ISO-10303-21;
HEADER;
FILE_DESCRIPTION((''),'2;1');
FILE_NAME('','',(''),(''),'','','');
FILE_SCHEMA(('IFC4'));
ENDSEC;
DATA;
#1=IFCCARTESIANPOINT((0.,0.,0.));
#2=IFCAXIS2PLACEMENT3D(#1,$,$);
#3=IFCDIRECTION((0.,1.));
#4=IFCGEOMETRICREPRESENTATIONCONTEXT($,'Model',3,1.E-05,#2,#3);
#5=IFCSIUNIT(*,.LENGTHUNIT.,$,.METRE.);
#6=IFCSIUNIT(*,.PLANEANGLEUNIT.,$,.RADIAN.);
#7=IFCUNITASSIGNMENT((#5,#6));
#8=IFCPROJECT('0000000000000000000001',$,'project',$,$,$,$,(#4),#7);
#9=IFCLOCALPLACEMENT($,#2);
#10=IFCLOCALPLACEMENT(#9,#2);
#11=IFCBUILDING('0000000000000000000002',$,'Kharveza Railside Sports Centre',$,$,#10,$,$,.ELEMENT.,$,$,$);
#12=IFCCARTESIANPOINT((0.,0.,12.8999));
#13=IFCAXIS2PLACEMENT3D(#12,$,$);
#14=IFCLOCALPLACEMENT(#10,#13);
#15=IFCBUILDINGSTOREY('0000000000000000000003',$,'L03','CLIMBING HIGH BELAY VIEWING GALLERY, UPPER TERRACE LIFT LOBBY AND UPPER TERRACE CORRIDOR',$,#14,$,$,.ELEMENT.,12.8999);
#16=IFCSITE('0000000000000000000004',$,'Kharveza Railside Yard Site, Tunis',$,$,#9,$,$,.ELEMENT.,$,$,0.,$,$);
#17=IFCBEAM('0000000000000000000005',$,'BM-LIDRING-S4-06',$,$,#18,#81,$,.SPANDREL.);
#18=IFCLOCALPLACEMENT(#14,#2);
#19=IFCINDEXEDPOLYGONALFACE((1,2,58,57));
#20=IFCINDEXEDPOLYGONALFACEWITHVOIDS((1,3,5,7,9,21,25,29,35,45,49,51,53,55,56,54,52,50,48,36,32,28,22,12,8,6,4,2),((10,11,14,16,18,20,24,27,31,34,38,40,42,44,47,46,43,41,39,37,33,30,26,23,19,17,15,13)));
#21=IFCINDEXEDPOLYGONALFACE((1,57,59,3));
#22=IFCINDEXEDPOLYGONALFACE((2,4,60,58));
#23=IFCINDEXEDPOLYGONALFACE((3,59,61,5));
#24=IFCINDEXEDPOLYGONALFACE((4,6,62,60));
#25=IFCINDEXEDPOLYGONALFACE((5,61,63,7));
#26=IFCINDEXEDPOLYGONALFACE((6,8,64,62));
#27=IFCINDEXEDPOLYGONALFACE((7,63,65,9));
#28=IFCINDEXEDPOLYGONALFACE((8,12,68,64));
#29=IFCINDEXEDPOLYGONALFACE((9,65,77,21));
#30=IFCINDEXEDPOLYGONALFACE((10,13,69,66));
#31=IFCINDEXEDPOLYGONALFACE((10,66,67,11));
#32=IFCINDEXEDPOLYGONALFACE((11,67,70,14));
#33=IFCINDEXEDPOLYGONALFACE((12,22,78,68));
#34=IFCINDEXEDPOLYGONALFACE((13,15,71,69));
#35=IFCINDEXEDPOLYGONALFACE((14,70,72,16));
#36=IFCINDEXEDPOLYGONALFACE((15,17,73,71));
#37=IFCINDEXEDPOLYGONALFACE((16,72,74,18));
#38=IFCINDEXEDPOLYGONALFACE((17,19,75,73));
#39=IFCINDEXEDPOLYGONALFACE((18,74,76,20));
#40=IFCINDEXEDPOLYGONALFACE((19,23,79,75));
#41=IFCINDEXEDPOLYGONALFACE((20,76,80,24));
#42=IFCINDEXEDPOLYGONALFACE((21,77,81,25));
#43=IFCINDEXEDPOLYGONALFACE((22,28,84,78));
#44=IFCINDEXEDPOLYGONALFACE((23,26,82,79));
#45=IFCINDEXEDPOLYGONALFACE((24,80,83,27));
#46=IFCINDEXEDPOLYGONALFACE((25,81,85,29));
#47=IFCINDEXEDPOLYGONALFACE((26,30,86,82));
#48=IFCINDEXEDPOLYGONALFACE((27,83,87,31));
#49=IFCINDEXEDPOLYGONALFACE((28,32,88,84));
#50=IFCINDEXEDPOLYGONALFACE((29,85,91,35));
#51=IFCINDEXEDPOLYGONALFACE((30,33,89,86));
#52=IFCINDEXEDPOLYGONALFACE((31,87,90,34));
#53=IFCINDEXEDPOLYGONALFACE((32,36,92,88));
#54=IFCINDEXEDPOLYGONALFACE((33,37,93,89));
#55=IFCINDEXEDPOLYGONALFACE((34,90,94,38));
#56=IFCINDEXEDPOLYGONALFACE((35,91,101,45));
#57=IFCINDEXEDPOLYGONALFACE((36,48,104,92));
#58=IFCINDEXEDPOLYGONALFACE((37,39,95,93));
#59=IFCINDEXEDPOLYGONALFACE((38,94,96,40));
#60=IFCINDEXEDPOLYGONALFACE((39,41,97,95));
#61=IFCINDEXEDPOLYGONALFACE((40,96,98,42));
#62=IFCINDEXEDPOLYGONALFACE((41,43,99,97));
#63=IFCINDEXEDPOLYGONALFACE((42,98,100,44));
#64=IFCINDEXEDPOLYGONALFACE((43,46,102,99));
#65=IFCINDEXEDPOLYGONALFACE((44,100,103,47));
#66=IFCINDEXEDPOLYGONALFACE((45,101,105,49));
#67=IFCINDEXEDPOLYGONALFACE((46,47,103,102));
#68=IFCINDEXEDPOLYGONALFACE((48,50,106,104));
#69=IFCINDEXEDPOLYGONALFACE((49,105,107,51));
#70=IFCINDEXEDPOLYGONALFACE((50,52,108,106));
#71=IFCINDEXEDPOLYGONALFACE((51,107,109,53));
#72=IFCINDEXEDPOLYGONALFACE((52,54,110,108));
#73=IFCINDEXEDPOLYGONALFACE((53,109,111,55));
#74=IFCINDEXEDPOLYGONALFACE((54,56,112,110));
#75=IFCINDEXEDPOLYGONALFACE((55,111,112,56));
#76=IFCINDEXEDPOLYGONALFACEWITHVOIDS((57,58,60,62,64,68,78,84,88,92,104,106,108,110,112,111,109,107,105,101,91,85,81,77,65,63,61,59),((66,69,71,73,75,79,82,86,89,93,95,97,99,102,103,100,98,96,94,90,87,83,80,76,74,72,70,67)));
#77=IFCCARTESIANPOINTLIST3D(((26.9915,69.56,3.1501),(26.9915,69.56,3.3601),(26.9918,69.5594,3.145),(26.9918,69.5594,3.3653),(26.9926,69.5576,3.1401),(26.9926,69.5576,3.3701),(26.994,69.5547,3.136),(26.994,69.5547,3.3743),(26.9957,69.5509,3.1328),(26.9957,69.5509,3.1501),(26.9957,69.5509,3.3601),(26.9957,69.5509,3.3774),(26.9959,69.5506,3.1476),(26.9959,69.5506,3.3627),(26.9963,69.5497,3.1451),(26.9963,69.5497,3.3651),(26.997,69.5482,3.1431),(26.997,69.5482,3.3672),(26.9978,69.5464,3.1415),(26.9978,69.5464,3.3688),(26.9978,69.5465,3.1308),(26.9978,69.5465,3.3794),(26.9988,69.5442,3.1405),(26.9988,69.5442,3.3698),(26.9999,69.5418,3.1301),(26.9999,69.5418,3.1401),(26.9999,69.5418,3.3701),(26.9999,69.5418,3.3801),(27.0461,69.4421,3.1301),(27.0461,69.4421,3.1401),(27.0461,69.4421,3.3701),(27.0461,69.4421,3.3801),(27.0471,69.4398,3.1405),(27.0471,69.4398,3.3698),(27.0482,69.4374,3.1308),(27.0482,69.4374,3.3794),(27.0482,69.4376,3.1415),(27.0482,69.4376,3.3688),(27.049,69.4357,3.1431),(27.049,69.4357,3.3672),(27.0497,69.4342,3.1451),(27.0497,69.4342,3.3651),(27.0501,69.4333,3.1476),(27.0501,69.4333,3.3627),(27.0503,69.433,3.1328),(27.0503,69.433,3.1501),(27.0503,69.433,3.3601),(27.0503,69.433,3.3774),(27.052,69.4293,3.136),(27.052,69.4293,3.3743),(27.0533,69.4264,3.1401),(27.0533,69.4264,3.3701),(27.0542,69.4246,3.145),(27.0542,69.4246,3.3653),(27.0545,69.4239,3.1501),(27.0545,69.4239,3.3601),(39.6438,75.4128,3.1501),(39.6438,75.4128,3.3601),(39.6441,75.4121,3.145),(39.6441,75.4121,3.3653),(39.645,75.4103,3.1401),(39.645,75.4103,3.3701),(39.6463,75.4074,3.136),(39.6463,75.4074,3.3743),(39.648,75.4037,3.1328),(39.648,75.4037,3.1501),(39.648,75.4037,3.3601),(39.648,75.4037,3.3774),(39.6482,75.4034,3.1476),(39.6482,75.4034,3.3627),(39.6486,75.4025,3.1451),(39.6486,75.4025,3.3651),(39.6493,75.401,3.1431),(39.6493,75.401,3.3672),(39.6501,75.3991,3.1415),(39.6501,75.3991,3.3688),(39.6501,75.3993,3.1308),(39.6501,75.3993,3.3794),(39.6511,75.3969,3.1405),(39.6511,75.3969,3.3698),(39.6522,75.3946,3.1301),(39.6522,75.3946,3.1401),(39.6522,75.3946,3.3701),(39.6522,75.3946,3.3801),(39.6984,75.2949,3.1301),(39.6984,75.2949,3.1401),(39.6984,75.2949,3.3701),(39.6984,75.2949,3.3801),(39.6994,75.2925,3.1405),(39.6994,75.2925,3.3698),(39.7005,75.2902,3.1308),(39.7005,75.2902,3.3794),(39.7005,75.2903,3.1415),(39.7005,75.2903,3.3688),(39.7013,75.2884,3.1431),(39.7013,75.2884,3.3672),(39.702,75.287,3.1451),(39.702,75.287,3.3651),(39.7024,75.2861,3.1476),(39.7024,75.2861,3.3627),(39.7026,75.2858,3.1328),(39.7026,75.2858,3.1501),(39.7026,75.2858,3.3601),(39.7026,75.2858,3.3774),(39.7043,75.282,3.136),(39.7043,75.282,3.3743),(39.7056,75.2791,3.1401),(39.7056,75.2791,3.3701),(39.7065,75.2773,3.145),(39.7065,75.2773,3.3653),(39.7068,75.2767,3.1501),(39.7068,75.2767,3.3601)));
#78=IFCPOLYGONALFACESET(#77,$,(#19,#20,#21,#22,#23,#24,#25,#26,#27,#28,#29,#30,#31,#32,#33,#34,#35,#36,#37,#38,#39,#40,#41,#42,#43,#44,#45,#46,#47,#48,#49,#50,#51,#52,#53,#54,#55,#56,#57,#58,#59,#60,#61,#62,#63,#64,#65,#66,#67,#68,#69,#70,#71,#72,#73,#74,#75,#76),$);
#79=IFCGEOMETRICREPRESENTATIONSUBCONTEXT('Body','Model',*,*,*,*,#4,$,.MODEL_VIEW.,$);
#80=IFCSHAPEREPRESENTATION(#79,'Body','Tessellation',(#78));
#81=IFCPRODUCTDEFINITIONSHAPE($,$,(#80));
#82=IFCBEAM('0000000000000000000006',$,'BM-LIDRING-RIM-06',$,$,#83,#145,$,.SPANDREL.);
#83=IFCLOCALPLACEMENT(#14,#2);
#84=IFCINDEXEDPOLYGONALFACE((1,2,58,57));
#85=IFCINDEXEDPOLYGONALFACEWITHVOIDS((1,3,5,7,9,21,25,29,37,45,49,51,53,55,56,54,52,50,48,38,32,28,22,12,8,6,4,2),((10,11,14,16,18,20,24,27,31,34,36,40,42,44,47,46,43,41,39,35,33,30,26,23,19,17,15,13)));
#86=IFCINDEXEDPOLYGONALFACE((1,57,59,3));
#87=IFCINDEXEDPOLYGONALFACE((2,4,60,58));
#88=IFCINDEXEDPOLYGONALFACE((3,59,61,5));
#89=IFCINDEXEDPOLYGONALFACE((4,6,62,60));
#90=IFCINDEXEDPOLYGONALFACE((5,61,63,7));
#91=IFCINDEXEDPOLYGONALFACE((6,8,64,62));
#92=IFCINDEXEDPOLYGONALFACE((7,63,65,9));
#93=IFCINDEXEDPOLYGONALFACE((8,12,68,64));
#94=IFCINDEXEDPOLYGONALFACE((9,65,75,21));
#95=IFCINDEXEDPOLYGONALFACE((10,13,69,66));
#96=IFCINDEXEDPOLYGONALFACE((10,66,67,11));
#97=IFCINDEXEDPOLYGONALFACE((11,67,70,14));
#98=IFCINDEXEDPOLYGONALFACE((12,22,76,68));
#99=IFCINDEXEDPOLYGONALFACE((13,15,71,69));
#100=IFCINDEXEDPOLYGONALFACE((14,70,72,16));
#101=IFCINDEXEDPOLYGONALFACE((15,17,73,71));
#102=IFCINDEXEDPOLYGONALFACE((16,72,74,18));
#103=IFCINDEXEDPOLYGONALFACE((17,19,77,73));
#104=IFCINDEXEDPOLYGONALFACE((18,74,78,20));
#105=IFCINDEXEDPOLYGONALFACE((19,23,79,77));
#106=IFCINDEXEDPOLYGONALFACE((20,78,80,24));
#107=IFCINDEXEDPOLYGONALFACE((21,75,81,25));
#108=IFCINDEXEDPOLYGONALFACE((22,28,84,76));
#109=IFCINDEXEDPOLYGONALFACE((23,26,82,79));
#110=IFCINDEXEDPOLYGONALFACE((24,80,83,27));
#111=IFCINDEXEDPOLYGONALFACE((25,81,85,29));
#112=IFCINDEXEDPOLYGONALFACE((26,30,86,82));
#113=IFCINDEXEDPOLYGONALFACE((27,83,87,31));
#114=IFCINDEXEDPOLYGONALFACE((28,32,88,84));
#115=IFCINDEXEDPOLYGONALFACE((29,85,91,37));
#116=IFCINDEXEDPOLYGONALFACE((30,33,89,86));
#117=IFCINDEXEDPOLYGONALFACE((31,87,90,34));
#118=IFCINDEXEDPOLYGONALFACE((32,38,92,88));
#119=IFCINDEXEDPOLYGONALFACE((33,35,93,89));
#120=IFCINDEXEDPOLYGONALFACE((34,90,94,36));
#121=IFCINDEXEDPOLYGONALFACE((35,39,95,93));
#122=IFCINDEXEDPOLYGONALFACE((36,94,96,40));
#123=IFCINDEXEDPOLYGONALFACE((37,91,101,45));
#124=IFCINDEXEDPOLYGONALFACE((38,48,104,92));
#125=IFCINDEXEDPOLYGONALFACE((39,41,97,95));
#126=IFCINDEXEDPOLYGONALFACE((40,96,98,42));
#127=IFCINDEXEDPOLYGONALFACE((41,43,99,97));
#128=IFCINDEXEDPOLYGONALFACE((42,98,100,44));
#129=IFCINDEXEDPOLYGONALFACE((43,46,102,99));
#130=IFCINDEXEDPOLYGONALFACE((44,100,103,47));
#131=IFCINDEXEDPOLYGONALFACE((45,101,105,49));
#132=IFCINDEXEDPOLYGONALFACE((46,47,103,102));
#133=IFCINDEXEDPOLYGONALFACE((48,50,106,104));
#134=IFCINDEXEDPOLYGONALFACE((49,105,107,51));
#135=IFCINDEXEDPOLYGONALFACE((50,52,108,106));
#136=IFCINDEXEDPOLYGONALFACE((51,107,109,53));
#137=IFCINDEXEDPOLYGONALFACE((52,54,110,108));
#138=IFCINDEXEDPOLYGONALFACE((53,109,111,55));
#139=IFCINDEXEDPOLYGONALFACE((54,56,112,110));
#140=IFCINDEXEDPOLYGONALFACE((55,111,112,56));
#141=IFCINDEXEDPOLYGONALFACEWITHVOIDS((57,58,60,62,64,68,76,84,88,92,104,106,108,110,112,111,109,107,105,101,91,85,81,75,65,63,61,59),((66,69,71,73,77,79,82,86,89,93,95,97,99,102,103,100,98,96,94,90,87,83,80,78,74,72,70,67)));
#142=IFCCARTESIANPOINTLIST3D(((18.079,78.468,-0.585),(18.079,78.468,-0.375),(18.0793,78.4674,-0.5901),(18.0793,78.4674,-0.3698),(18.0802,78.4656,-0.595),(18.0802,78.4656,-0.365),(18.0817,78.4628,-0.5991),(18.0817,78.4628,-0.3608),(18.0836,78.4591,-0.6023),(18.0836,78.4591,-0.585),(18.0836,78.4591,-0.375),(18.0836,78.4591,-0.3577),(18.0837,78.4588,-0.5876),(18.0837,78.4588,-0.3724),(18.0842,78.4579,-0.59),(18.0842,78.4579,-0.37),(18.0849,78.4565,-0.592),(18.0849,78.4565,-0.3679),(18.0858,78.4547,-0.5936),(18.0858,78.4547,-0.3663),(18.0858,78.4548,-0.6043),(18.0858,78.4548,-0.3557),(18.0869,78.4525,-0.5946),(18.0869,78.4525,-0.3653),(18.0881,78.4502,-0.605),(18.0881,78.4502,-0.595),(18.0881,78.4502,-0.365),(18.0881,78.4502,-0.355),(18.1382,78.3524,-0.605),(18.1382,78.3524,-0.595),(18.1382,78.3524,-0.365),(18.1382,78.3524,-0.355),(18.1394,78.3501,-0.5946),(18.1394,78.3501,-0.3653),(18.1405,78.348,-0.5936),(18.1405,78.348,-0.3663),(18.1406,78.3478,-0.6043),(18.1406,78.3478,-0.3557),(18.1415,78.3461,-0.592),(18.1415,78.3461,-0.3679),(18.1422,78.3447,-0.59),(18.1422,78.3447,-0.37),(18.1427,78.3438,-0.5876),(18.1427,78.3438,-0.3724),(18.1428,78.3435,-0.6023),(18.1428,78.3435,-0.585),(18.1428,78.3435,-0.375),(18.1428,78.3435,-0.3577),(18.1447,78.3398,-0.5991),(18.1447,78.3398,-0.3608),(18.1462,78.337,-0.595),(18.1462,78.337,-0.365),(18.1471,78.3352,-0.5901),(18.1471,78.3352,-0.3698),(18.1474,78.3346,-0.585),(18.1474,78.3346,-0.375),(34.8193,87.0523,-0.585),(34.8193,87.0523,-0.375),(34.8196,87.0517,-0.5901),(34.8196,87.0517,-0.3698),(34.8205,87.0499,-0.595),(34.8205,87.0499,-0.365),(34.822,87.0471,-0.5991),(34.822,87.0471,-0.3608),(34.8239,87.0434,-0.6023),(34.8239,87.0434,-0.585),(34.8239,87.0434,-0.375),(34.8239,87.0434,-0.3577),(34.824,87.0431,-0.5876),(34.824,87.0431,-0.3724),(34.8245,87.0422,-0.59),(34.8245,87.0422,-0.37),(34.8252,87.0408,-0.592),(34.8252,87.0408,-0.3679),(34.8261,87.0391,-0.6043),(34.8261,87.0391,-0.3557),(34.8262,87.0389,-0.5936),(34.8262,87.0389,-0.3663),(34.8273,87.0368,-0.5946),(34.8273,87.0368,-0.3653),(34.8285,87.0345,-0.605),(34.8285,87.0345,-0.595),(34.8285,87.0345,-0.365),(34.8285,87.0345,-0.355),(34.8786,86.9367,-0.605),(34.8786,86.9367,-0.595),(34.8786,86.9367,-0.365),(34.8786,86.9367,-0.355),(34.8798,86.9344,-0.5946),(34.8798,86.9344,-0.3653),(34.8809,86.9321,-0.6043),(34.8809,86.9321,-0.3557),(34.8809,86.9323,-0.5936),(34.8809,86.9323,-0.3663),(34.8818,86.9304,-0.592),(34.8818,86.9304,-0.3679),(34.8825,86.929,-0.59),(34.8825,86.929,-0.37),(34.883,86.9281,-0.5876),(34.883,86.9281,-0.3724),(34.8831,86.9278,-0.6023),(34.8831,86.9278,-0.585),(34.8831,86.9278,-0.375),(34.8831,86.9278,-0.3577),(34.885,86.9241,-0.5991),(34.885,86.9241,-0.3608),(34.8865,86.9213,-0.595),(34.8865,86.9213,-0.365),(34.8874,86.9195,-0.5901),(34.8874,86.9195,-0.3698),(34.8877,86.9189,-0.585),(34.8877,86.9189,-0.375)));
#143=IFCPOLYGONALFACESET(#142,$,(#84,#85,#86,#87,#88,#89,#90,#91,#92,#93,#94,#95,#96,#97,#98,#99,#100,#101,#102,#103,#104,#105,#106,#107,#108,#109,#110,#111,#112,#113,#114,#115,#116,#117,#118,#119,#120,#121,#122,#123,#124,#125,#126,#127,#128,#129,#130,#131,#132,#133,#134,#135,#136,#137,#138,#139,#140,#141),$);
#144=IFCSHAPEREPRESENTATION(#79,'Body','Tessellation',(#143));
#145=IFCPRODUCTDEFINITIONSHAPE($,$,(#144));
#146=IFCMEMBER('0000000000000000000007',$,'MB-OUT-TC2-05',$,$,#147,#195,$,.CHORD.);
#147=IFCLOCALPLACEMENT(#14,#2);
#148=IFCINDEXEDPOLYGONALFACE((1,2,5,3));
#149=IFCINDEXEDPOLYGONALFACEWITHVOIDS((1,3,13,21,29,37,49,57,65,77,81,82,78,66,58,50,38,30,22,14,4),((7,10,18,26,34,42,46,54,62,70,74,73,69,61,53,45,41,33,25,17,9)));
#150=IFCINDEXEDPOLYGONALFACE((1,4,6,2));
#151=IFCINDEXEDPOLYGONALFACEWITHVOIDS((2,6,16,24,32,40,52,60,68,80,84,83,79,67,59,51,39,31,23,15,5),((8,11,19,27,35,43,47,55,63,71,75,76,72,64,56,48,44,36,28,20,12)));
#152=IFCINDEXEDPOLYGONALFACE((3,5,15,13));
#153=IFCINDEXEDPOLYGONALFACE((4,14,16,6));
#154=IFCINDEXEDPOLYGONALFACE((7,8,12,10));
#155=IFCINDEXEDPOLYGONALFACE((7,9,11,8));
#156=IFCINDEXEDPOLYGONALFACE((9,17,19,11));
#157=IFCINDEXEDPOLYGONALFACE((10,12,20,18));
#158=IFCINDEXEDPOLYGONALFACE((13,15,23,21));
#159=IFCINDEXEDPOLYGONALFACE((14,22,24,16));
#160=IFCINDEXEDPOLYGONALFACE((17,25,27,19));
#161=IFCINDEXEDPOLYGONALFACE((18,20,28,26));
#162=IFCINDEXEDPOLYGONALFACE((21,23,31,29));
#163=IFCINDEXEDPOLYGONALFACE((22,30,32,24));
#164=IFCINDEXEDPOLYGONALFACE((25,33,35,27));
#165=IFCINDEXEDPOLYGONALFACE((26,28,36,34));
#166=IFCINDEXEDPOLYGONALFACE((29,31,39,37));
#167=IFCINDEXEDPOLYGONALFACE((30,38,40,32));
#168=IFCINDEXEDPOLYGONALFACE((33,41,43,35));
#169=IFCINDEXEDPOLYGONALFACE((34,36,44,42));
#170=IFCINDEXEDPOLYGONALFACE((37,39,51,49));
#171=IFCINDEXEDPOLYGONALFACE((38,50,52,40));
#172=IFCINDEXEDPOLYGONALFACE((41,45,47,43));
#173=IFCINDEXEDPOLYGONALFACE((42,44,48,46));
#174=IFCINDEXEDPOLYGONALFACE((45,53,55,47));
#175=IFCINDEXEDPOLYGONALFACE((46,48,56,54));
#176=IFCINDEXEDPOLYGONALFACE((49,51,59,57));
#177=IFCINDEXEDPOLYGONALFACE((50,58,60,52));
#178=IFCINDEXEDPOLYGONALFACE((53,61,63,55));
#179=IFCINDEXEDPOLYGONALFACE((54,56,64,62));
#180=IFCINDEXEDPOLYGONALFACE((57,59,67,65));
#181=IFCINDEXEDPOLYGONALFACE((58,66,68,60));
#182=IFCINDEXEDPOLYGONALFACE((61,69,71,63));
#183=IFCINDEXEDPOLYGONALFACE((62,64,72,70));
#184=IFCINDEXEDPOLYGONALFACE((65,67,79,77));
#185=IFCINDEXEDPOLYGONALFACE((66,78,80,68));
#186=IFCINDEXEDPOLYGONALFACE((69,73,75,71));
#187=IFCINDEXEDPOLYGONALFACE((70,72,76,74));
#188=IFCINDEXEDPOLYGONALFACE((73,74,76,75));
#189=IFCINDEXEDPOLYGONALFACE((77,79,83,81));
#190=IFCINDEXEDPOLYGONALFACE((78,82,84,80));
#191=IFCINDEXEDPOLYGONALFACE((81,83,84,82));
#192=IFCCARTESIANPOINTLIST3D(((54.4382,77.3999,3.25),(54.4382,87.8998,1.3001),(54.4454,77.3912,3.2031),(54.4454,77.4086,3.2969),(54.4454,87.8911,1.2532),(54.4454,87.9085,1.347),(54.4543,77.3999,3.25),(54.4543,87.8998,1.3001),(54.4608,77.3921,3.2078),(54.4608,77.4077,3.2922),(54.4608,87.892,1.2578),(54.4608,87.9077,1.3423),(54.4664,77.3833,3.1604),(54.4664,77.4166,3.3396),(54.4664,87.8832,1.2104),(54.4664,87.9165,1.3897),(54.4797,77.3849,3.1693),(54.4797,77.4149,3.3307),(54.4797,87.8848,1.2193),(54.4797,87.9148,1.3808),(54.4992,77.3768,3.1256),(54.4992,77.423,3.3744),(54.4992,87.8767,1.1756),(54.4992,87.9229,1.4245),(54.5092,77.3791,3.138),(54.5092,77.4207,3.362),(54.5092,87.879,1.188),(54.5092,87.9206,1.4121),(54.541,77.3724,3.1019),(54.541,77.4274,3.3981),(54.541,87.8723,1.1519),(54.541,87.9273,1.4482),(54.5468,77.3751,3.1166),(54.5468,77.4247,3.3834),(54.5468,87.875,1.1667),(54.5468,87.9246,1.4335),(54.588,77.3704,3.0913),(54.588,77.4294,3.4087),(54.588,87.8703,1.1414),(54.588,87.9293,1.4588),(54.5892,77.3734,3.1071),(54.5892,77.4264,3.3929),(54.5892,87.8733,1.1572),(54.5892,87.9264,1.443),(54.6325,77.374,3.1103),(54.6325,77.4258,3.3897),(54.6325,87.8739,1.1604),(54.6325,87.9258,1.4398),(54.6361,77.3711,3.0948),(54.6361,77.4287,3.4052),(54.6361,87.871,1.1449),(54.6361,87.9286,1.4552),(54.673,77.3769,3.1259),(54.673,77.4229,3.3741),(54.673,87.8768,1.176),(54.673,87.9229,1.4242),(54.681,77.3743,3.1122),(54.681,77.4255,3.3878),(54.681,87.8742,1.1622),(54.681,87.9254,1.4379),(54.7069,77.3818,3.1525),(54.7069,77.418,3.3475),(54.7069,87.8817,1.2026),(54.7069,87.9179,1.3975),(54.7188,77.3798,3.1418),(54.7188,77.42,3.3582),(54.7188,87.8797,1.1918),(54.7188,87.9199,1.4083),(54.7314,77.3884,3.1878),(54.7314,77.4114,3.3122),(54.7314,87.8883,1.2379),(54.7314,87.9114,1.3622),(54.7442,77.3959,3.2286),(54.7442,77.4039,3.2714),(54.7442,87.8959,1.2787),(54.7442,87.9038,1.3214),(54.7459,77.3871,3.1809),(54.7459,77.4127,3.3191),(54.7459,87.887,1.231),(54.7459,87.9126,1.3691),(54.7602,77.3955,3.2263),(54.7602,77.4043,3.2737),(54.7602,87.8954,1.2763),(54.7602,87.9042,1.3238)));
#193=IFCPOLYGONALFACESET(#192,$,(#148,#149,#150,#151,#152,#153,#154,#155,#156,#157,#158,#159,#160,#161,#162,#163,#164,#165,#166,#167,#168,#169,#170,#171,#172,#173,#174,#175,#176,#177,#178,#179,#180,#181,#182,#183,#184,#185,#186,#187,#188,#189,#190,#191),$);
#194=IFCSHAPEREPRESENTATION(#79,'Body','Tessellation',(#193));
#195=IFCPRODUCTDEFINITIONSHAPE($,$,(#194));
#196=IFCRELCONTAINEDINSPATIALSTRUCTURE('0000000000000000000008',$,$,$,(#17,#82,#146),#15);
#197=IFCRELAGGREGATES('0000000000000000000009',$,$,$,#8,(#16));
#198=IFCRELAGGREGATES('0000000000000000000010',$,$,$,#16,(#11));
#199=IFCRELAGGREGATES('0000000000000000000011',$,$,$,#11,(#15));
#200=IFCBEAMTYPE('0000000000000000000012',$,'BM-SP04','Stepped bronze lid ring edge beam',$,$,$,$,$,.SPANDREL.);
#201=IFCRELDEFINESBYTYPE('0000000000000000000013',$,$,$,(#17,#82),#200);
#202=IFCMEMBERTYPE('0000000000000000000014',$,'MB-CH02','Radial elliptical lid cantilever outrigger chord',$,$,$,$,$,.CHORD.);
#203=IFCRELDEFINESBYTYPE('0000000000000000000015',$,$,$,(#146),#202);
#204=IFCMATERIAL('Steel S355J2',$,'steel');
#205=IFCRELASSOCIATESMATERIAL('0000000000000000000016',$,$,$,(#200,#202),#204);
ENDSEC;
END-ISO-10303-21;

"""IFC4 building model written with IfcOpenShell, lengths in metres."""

from ifc_helpers import new_model, si_unit, direction, frame, origin, origin_2d, place, context, subcontext, project, spatial, hollow_rectangle, hollow_circle, extrude, material, material_profile, profile_set, type_object, element, save


model = new_model("IFC4")

# Units and contexts
model_context = context("Model", 3, precision=1e-05, world=origin(), true_north=direction((0.0, 1.0)))
body_context = subcontext(model_context, "Body", "Model", "MODEL_VIEW")
ifc_project = project(units=[si_unit("LENGTHUNIT", "METRE"), si_unit("PLANEANGLEUNIT", "RADIAN")], contexts=[model_context])

# Site, building, storey
site_placement = place(None, origin())
site = spatial("IfcSite", under=ifc_project, at=site_placement, Name="Kharveza Railside Yard Site, Tunis", CompositionType="ELEMENT", RefElevation=0.0)
building_placement = place(site_placement, origin())
building = spatial("IfcBuilding", under=site, at=building_placement, Name="Kharveza Railside Sports Centre", CompositionType="ELEMENT")
storey_placement = place(building_placement, frame((0.0, 0.0, 12.8999)))
storey = spatial("IfcBuildingStorey", under=building, at=storey_placement, Name="L03", Description="CLIMBING HIGH BELAY VIEWING GALLERY, UPPER TERRACE LIFT LOBBY AND UPPER TERRACE CORRIDOR", CompositionType="ELEMENT", Elevation=12.8999)

# Beams
ifc_material_1 = material(Name="Steel S355J2", Category="steel")
ifc_material_profile_1 = material_profile(ifc_material_1, hollow_rectangle(XDim=0.1499, YDim=0.25, WallThickness=0.01, InnerFilletRadius=0.01, OuterFilletRadius=0.02, at=origin_2d()), Name="RHS 150x250x10.0")
ifc_profile_set_1 = profile_set([ifc_material_profile_1], Name="Steel S355J2")
beam_type = type_object("IfcBeamType", Name="BM-SP04", Description="Stepped bronze lid ring edge beam", PredefinedType="SPANDREL", material=ifc_profile_set_1)
beam_1_placement = place(storey_placement, frame((39.6753, 75.3447, 3.2551), z_axis=(-0.907598, -0.419841, 0.0), x_axis=(0.419841, -0.907598, 0.0)))
element("IfcBeam", 1, at=beam_1_placement, inside=storey, type_object=beam_type, Name="BM-LIDRING-S4-06", PredefinedType="SPANDREL", context=body_context, shape_type="SweptSolid", body=[
    extrude(hollow_rectangle(XDim=0.1499, YDim=0.25, WallThickness=0.01, InnerFilletRadius=0.01, OuterFilletRadius=0.02, at=origin_2d()), origin(), (0.0, 0.0, 1.0), 13.9404),
])
beam_2_placement = place(storey_placement, frame((34.8535, 86.9856, -0.48), z_axis=(-0.889828, -0.456295, 0.0), x_axis=(0.456295, -0.889828, 0.0)))
element("IfcBeam", 2, at=beam_2_placement, inside=storey, type_object=beam_type, Name="BM-LIDRING-RIM-06", PredefinedType="SPANDREL", context=body_context, shape_type="SweptSolid", body=[
    extrude(hollow_rectangle(XDim=0.1499, YDim=0.25, WallThickness=0.01, InnerFilletRadius=0.01, OuterFilletRadius=0.02, at=origin_2d()), origin(), (0.0, 0.0, 1.0), 18.813),
])

# Member
ifc_material_profile_2 = material_profile(ifc_material_1, hollow_circle(Radius=0.1619, WallThickness=0.0161, at=origin_2d()), Name="CHS 323.9x16.0")
ifc_profile_set_2 = profile_set([ifc_material_profile_2], Name="Steel S355J2")
member_type_1 = type_object("IfcMemberType", Name="MB-CH02", Description="Radial elliptical lid cantilever outrigger chord", PredefinedType="CHORD", material=ifc_profile_set_2)
member_1_placement = place(storey_placement, frame((54.6001, 77.3999, 3.25), z_axis=(0.0, 0.98319, -0.182588), x_axis=(-1.0, 0.0, 0.0)))
element("IfcMember", 3, at=member_1_placement, inside=storey, type_object=member_type_1, Name="MB-OUT-TC2-05", PredefinedType="CHORD", context=body_context, shape_type="SweptSolid", body=[
    extrude(hollow_circle(Radius=0.1619, WallThickness=0.0161, at=origin_2d()), origin(), (0.0, 0.0, 1.0), 10.6794),
])

save(model, "model.ifc")
